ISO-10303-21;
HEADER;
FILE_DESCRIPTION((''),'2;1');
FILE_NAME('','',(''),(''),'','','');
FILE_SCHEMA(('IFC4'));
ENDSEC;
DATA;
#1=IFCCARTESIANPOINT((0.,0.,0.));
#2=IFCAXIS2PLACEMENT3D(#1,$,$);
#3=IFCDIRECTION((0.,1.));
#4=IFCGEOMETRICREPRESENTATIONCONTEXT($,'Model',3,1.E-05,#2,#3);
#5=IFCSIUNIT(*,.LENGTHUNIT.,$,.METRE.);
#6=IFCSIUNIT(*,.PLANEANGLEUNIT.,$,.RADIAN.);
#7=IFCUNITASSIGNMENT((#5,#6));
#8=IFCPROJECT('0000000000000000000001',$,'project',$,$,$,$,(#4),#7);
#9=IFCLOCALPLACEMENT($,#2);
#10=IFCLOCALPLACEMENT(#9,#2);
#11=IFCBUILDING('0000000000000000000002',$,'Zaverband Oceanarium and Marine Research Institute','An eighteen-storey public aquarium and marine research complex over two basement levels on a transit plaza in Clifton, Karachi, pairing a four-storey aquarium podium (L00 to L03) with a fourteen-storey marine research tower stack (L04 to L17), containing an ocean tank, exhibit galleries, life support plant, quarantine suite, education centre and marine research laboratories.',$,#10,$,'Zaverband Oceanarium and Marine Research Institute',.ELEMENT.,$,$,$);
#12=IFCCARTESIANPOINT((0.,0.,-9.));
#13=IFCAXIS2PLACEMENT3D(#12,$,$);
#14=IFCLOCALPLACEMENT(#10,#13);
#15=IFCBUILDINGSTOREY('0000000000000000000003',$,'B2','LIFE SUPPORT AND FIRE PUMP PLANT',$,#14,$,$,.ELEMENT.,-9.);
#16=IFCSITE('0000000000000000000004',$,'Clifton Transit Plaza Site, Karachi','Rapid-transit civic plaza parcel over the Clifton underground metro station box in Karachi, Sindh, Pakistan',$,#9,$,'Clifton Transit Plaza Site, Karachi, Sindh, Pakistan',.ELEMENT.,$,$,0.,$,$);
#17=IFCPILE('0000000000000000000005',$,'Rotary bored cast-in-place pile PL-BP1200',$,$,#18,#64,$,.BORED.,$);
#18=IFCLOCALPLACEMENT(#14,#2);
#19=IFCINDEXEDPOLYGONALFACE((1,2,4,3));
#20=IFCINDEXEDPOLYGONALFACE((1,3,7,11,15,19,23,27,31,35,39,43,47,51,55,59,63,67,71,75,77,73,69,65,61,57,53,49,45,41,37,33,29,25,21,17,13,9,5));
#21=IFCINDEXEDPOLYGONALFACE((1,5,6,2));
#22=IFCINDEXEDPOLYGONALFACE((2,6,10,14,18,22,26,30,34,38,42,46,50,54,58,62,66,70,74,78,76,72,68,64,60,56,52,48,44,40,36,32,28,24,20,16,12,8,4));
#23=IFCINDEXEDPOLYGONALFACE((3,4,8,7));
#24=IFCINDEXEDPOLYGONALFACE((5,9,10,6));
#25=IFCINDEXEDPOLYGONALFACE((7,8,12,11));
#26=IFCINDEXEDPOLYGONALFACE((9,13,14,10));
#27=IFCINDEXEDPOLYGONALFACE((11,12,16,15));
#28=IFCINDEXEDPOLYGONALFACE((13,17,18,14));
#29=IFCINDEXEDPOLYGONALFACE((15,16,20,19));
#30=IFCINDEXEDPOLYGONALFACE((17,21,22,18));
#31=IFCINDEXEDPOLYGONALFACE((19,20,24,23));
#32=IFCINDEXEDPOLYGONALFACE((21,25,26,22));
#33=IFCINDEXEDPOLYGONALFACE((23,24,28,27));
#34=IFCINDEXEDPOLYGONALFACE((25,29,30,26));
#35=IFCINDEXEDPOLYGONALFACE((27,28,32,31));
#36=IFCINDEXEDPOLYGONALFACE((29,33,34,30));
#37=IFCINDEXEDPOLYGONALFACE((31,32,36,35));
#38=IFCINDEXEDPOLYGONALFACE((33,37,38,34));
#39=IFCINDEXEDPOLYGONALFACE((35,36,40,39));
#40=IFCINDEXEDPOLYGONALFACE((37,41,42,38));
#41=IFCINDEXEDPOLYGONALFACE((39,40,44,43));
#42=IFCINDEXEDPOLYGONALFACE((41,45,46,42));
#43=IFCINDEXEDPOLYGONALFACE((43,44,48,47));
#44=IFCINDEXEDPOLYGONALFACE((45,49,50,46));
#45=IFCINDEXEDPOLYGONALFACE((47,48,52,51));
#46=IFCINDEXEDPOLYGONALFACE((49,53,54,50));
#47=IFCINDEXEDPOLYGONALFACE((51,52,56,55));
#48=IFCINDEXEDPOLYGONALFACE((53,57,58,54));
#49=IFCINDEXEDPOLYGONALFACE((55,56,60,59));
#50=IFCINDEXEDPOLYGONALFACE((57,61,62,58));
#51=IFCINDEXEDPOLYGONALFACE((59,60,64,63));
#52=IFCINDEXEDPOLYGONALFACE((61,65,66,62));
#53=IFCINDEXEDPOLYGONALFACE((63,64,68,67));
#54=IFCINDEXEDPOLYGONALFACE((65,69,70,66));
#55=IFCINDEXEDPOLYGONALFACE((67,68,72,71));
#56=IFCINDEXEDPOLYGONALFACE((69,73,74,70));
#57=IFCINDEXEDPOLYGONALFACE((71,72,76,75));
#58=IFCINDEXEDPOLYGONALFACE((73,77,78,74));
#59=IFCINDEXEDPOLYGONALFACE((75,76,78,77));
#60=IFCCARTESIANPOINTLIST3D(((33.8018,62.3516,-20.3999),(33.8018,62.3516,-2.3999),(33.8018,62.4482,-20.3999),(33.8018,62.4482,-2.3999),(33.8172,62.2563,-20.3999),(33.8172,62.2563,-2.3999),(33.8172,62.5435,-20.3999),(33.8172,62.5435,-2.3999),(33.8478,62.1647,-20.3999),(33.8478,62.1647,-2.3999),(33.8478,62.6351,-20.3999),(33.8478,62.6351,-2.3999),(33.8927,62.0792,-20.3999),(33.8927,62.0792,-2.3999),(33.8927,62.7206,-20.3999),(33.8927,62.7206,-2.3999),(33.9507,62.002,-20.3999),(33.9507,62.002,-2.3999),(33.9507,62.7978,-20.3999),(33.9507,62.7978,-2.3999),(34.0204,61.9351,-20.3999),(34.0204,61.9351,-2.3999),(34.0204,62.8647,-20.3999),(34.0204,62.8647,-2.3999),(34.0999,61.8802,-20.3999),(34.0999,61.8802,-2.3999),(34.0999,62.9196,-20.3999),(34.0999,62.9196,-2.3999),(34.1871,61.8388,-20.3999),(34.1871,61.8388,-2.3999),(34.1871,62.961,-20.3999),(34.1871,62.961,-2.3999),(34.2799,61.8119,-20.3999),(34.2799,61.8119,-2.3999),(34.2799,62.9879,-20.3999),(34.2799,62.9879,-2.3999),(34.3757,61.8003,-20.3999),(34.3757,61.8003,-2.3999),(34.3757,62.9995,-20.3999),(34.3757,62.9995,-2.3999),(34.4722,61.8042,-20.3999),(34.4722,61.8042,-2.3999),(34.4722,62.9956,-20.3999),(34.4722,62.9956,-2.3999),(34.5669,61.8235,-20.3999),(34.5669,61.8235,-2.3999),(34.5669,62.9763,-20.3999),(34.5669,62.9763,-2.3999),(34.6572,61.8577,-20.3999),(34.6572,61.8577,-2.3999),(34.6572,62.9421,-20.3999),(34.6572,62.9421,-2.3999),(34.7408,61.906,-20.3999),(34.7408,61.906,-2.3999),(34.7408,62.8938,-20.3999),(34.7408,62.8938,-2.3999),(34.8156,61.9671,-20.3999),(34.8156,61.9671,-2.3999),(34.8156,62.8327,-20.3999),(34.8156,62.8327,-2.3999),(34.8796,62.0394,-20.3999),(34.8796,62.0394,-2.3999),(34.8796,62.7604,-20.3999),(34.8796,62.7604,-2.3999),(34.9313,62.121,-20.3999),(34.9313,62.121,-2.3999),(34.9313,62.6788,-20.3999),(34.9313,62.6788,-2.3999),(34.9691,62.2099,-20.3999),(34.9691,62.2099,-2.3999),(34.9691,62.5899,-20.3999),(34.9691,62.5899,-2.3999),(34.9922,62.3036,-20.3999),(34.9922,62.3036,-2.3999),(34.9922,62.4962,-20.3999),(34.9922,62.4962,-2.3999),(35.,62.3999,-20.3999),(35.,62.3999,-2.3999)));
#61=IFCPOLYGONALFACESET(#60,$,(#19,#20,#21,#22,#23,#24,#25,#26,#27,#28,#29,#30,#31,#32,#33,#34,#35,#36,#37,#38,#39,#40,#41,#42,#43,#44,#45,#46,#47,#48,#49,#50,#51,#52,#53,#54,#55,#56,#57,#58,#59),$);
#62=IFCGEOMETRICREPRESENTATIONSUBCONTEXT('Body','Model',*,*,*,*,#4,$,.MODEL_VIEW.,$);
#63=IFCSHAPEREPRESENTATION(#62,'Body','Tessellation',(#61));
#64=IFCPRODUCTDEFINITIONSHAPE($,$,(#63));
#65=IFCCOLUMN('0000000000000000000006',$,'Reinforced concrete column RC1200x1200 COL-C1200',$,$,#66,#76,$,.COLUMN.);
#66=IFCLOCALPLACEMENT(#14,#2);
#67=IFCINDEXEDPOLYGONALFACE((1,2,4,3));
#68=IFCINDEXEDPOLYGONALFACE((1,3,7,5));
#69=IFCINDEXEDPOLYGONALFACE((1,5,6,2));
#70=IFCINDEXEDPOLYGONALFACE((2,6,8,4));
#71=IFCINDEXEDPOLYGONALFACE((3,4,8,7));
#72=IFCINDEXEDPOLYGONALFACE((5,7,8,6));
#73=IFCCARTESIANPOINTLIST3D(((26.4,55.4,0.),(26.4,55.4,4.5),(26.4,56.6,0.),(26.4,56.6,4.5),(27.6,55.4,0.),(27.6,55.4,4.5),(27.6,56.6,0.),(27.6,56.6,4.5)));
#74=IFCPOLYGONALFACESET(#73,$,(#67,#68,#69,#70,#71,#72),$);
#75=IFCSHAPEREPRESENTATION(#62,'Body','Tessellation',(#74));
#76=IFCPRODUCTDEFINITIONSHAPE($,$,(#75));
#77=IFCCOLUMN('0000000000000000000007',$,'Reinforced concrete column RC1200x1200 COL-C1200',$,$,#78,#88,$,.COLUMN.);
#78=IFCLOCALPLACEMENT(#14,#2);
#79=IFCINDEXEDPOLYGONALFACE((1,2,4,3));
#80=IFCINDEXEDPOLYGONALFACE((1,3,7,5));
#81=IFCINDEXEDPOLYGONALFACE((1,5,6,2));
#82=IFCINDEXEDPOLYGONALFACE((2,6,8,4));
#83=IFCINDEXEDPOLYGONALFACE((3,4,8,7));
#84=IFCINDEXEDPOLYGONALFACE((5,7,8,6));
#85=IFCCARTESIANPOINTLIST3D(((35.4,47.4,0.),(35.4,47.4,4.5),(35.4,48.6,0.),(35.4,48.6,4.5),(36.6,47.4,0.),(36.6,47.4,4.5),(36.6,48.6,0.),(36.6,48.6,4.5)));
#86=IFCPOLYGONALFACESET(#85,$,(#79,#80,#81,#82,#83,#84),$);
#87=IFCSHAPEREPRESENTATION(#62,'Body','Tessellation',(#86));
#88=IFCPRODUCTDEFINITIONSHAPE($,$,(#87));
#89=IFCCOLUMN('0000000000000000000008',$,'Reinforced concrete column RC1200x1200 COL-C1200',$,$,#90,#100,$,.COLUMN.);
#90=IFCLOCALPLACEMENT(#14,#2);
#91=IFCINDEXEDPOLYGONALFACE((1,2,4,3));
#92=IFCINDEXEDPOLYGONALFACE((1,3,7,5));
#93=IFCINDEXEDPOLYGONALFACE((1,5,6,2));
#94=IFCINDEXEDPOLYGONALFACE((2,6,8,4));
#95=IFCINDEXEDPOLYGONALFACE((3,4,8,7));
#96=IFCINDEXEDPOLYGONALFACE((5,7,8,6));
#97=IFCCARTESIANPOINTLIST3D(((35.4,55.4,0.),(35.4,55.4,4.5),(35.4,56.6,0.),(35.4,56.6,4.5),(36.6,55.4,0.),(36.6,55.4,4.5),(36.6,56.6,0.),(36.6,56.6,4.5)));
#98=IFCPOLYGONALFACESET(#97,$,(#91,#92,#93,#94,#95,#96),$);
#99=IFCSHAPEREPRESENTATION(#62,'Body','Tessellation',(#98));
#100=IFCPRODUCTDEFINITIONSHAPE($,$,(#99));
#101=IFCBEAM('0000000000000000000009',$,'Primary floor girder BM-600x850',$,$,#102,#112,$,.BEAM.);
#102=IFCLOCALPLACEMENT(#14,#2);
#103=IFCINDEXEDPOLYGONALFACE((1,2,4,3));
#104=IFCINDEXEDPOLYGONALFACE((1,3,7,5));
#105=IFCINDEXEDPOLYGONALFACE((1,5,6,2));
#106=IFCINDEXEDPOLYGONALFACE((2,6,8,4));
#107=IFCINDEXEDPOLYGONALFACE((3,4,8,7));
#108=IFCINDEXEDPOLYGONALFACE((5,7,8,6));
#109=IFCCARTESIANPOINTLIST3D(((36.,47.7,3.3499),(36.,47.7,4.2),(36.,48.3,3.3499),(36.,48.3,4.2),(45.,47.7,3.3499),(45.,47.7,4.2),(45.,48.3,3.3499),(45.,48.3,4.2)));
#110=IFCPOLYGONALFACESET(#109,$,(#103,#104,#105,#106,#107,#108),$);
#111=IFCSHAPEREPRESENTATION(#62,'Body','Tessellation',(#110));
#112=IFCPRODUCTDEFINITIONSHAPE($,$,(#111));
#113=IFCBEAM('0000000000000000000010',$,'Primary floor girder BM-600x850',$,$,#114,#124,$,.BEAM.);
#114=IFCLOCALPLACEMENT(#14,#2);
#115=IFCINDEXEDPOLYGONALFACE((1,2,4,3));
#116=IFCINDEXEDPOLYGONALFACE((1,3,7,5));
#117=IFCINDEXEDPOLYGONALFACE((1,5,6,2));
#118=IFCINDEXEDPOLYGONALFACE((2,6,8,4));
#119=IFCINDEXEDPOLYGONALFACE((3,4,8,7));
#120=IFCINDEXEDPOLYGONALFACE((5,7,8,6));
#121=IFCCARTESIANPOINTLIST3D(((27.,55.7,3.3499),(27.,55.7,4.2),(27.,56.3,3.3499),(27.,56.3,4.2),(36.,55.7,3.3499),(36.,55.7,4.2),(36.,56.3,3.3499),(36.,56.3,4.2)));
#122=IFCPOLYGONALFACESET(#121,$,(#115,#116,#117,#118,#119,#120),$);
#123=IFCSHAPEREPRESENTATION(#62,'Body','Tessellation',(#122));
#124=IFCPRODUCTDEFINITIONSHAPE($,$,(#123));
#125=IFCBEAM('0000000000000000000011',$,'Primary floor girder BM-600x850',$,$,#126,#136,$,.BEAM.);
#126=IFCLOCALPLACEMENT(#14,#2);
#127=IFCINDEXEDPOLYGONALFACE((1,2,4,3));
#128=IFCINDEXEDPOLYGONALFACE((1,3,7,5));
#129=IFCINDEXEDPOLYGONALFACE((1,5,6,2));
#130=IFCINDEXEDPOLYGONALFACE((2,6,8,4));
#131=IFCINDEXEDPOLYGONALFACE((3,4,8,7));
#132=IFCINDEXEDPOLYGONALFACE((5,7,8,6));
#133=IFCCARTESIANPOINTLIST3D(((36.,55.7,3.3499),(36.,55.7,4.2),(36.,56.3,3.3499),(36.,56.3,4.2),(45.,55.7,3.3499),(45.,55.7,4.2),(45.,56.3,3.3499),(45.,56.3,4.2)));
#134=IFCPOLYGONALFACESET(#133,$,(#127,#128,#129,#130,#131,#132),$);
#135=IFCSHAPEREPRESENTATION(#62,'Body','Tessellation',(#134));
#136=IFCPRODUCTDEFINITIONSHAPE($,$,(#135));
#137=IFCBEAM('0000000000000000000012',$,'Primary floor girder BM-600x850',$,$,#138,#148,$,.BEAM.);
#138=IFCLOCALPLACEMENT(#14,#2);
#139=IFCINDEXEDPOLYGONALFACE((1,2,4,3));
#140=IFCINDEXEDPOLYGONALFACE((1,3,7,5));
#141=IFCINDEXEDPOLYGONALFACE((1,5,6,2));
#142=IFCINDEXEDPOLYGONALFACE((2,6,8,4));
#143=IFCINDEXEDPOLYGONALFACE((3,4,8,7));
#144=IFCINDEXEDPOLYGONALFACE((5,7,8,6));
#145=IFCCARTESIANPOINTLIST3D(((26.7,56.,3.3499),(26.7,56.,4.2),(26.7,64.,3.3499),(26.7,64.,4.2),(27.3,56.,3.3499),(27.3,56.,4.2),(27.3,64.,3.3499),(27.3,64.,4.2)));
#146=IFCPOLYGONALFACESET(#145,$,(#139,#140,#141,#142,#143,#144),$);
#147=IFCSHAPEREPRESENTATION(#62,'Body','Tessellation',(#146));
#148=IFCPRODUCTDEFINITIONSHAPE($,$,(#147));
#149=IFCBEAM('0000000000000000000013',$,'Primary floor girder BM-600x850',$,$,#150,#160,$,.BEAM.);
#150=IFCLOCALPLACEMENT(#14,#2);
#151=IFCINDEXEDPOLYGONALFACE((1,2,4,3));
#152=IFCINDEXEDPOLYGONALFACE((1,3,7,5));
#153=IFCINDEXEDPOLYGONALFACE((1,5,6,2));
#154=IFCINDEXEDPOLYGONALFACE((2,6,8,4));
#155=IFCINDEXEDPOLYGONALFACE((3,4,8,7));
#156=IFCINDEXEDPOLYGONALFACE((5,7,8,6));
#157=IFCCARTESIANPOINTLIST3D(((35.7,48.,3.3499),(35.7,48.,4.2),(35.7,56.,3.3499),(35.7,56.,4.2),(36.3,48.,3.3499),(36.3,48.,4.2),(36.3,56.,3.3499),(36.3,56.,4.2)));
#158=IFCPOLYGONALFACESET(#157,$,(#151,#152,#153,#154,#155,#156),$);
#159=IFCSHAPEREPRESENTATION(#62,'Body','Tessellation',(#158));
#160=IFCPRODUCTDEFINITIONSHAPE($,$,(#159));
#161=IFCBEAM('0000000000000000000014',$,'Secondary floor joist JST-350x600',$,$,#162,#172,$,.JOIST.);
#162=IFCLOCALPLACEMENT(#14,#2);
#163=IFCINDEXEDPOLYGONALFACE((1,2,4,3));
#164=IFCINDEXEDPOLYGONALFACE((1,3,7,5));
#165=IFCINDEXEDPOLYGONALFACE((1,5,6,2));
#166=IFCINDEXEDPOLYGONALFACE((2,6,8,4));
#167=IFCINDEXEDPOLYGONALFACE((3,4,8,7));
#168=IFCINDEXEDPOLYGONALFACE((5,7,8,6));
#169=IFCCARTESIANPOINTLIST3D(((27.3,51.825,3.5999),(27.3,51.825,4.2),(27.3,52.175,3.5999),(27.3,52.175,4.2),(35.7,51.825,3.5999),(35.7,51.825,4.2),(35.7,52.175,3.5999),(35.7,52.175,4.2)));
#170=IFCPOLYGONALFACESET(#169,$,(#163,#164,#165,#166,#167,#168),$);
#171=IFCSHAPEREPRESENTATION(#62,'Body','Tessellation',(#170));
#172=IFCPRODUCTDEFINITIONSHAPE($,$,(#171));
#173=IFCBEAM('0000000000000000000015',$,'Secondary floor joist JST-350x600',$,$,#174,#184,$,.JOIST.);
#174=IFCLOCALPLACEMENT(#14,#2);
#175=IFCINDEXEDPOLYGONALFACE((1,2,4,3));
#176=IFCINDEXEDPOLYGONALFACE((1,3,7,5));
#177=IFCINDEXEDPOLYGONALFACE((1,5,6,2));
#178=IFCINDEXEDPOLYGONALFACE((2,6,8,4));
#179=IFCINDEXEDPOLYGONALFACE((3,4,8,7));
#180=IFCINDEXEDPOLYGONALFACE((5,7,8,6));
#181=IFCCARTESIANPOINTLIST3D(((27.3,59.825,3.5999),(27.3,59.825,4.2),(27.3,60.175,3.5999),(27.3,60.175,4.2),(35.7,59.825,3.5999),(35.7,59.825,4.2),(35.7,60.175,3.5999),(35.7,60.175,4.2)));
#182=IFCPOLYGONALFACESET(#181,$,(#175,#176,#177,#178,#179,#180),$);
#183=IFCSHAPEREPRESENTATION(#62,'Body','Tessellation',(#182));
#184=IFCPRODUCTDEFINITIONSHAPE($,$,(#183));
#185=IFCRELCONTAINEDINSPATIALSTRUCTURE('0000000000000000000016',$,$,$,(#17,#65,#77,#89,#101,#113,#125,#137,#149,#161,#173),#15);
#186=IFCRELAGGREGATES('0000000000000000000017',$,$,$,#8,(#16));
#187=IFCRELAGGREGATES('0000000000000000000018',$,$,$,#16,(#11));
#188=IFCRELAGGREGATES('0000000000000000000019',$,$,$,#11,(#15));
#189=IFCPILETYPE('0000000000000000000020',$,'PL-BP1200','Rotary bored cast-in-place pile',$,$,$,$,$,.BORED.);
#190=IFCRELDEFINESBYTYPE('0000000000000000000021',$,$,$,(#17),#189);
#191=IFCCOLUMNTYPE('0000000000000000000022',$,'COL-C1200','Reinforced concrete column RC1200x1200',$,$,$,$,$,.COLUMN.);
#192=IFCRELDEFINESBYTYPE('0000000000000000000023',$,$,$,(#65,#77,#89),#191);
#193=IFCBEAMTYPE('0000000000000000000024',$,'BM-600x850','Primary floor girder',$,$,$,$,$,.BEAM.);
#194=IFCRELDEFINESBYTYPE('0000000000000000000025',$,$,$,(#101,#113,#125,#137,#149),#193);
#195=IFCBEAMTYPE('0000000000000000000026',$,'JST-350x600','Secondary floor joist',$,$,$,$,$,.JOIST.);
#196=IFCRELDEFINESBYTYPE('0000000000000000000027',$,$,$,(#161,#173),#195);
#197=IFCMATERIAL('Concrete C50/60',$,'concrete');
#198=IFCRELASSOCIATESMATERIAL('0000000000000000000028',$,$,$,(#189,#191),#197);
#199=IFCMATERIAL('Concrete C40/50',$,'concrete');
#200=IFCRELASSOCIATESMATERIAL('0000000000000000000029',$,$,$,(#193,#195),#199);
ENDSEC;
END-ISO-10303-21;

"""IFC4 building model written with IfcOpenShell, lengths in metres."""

from ifc_helpers import new_model, si_unit, direction, frame, origin, origin_2d, place, context, subcontext, project, spatial, rectangle, circle, extrude, material, material_profile, profile_set, type_object, element, save


model = new_model("IFC4")

# Units and contexts
model_context = context("Model", 3, precision=1e-05, world=origin(), true_north=direction((0.0, 1.0)))
body_context = subcontext(model_context, "Body", "Model", "MODEL_VIEW")
ifc_project = project(units=[si_unit("LENGTHUNIT", "METRE"), si_unit("PLANEANGLEUNIT", "RADIAN")], contexts=[model_context])

# Site, building, storey
site_placement = place(None, origin())
site = spatial("IfcSite", under=ifc_project, at=site_placement, Name="Clifton Transit Plaza Site, Karachi", Description="Rapid-transit civic plaza parcel over the Clifton underground metro station box in Karachi, Sindh, Pakistan", LongName="Clifton Transit Plaza Site, Karachi, Sindh, Pakistan", CompositionType="ELEMENT", RefElevation=0.0)
building_placement = place(site_placement, origin())
building = spatial("IfcBuilding", under=site, at=building_placement, Name="Zaverband Oceanarium and Marine Research Institute", Description="An eighteen-storey public aquarium and marine research complex over two basement levels on a transit plaza in Clifton, Karachi, pairing a four-storey aquarium podium (L00 to L03) with a fourteen-storey marine research tower stack (L04 to L17), containing an ocean tank, exhibit galleries, life support plant, quarantine suite, education centre and marine research laboratories.", LongName="Zaverband Oceanarium and Marine Research Institute", CompositionType="ELEMENT")
storey_placement = place(building_placement, frame((0.0, 0.0, -9.0)))
storey = spatial("IfcBuildingStorey", under=building, at=storey_placement, Name="B2", Description="LIFE SUPPORT AND FIRE PUMP PLANT", CompositionType="ELEMENT", Elevation=-9.0)

# Shared definitions
ifc_material_1 = material(Name="Concrete C50/60", Category="concrete")

# Pile
ifc_material_profile_1 = material_profile(ifc_material_1, circle(Radius=0.6001, at=origin_2d()), Name="BP1200")
ifc_profile_set_1 = profile_set([ifc_material_profile_1], Name="Concrete C50/60")
pile_type = type_object("IfcPileType", Name="PL-BP1200", Description="Rotary bored cast-in-place pile", PredefinedType="BORED", material=ifc_profile_set_1)
for number, where, z_axis, x_axis, name in (
    (1, (34.3999, 62.3999, -2.3999), (0.0, 0.0, -1.0), (1.0, 0.0, 0.0), "Rotary bored cast-in-place pile PL-BP1200"),
):
    element("IfcPile", number, at=place(storey_placement, frame(where, z_axis=z_axis, x_axis=x_axis)), inside=storey, type_object=pile_type, Name=name, PredefinedType="BORED", context=body_context, shape_type="SweptSolid", body=[
        extrude(circle(Radius=0.6001, at=origin_2d()), origin(), (0.0, 0.0, 1.0), 18.0),
    ])

# Columns
ifc_material_profile_2 = material_profile(ifc_material_1, rectangle(XDim=1.2, YDim=1.2, at=origin_2d()), Name="RC1200x1200")
ifc_profile_set_2 = profile_set([ifc_material_profile_2], Name="Concrete C50/60")
column_type = type_object("IfcColumnType", Name="COL-C1200", Description="Reinforced concrete column RC1200x1200", PredefinedType="COLUMN", material=ifc_profile_set_2)
for number, where, z_axis, x_axis, name in (
    (2, (27.0, 56.0, 0.0), (0.0, 0.0, 1.0), (1.0, 0.0, 0.0), "Reinforced concrete column RC1200x1200 COL-C1200"),
    (3, (36.0, 48.0, 0.0), (0.0, 0.0, 1.0), (1.0, 0.0, 0.0), "Reinforced concrete column RC1200x1200 COL-C1200"),
    (4, (36.0, 56.0, 0.0), (0.0, 0.0, 1.0), (1.0, 0.0, 0.0), "Reinforced concrete column RC1200x1200 COL-C1200"),
):
    element("IfcColumn", number, at=place(storey_placement, frame(where, z_axis=z_axis, x_axis=x_axis)), inside=storey, type_object=column_type, Name=name, PredefinedType="COLUMN", context=body_context, shape_type="SweptSolid", body=[
        extrude(rectangle(XDim=1.2, YDim=1.2, at=origin_2d()), origin(), (0.0, 0.0, 1.0), 4.5),
    ])

# Beams
ifc_material_2 = material(Name="Concrete C40/50", Category="concrete")
ifc_material_profile_3 = material_profile(ifc_material_2, rectangle(XDim=0.6001, YDim=0.8501, at=origin_2d()), Name="RC600x850")
ifc_profile_set_3 = profile_set([ifc_material_profile_3], Name="Concrete C40/50")
beam_type_1 = type_object("IfcBeamType", Name="BM-600x850", Description="Primary floor girder", PredefinedType="BEAM", material=ifc_profile_set_3)
for number, where, z_axis, x_axis, name in (
    (5, (36.0, 48.0, 3.7749), (1.0, 0.0, 0.0), (0.0, 1.0, 0.0), "Primary floor girder BM-600x850"),
    (6, (27.0, 56.0, 3.7749), (1.0, 0.0, 0.0), (0.0, 1.0, 0.0), "Primary floor girder BM-600x850"),
    (7, (36.0, 56.0, 3.7749), (1.0, 0.0, 0.0), (0.0, 1.0, 0.0), "Primary floor girder BM-600x850"),
):
    element("IfcBeam", number, at=place(storey_placement, frame(where, z_axis=z_axis, x_axis=x_axis)), inside=storey, type_object=beam_type_1, Name=name, PredefinedType="BEAM", context=body_context, shape_type="SweptSolid", body=[
        extrude(rectangle(XDim=0.6001, YDim=0.8501, at=origin_2d()), origin(), (0.0, 0.0, 1.0), 9.0),
    ])
for number, where, z_axis, x_axis, name in (
    (8, (27.0, 56.0, 3.7749), (0.0, 1.0, 0.0), (-1.0, 0.0, 0.0), "Primary floor girder BM-600x850"),
    (9, (36.0, 48.0, 3.7749), (0.0, 1.0, 0.0), (-1.0, 0.0, 0.0), "Primary floor girder BM-600x850"),
):
    element("IfcBeam", number, at=place(storey_placement, frame(where, z_axis=z_axis, x_axis=x_axis)), inside=storey, type_object=beam_type_1, Name=name, PredefinedType="BEAM", context=body_context, shape_type="SweptSolid", body=[
        extrude(rectangle(XDim=0.6001, YDim=0.8501, at=origin_2d()), origin(), (0.0, 0.0, 1.0), 8.0),
    ])
ifc_material_profile_4 = material_profile(ifc_material_2, rectangle(XDim=0.3501, YDim=0.6001, at=origin_2d()), Name="RC350x600")
ifc_profile_set_4 = profile_set([ifc_material_profile_4], Name="Concrete C40/50")
beam_type_2 = type_object("IfcBeamType", Name="JST-350x600", Description="Secondary floor joist", PredefinedType="JOIST", material=ifc_profile_set_4)
for number, where, z_axis, x_axis, name in (
    (10, (27.3, 52.0, 3.8999), (1.0, 0.0, 0.0), (0.0, 1.0, 0.0), "Secondary floor joist JST-350x600"),
    (11, (27.3, 60.0, 3.8999), (1.0, 0.0, 0.0), (0.0, 1.0, 0.0), "Secondary floor joist JST-350x600"),
):
    element("IfcBeam", number, at=place(storey_placement, frame(where, z_axis=z_axis, x_axis=x_axis)), inside=storey, type_object=beam_type_2, Name=name, PredefinedType="JOIST", context=body_context, shape_type="SweptSolid", body=[
        extrude(rectangle(XDim=0.3501, YDim=0.6001, at=origin_2d()), origin(), (0.0, 0.0, 1.0), 8.3999),
    ])

save(model, "model.ifc")
